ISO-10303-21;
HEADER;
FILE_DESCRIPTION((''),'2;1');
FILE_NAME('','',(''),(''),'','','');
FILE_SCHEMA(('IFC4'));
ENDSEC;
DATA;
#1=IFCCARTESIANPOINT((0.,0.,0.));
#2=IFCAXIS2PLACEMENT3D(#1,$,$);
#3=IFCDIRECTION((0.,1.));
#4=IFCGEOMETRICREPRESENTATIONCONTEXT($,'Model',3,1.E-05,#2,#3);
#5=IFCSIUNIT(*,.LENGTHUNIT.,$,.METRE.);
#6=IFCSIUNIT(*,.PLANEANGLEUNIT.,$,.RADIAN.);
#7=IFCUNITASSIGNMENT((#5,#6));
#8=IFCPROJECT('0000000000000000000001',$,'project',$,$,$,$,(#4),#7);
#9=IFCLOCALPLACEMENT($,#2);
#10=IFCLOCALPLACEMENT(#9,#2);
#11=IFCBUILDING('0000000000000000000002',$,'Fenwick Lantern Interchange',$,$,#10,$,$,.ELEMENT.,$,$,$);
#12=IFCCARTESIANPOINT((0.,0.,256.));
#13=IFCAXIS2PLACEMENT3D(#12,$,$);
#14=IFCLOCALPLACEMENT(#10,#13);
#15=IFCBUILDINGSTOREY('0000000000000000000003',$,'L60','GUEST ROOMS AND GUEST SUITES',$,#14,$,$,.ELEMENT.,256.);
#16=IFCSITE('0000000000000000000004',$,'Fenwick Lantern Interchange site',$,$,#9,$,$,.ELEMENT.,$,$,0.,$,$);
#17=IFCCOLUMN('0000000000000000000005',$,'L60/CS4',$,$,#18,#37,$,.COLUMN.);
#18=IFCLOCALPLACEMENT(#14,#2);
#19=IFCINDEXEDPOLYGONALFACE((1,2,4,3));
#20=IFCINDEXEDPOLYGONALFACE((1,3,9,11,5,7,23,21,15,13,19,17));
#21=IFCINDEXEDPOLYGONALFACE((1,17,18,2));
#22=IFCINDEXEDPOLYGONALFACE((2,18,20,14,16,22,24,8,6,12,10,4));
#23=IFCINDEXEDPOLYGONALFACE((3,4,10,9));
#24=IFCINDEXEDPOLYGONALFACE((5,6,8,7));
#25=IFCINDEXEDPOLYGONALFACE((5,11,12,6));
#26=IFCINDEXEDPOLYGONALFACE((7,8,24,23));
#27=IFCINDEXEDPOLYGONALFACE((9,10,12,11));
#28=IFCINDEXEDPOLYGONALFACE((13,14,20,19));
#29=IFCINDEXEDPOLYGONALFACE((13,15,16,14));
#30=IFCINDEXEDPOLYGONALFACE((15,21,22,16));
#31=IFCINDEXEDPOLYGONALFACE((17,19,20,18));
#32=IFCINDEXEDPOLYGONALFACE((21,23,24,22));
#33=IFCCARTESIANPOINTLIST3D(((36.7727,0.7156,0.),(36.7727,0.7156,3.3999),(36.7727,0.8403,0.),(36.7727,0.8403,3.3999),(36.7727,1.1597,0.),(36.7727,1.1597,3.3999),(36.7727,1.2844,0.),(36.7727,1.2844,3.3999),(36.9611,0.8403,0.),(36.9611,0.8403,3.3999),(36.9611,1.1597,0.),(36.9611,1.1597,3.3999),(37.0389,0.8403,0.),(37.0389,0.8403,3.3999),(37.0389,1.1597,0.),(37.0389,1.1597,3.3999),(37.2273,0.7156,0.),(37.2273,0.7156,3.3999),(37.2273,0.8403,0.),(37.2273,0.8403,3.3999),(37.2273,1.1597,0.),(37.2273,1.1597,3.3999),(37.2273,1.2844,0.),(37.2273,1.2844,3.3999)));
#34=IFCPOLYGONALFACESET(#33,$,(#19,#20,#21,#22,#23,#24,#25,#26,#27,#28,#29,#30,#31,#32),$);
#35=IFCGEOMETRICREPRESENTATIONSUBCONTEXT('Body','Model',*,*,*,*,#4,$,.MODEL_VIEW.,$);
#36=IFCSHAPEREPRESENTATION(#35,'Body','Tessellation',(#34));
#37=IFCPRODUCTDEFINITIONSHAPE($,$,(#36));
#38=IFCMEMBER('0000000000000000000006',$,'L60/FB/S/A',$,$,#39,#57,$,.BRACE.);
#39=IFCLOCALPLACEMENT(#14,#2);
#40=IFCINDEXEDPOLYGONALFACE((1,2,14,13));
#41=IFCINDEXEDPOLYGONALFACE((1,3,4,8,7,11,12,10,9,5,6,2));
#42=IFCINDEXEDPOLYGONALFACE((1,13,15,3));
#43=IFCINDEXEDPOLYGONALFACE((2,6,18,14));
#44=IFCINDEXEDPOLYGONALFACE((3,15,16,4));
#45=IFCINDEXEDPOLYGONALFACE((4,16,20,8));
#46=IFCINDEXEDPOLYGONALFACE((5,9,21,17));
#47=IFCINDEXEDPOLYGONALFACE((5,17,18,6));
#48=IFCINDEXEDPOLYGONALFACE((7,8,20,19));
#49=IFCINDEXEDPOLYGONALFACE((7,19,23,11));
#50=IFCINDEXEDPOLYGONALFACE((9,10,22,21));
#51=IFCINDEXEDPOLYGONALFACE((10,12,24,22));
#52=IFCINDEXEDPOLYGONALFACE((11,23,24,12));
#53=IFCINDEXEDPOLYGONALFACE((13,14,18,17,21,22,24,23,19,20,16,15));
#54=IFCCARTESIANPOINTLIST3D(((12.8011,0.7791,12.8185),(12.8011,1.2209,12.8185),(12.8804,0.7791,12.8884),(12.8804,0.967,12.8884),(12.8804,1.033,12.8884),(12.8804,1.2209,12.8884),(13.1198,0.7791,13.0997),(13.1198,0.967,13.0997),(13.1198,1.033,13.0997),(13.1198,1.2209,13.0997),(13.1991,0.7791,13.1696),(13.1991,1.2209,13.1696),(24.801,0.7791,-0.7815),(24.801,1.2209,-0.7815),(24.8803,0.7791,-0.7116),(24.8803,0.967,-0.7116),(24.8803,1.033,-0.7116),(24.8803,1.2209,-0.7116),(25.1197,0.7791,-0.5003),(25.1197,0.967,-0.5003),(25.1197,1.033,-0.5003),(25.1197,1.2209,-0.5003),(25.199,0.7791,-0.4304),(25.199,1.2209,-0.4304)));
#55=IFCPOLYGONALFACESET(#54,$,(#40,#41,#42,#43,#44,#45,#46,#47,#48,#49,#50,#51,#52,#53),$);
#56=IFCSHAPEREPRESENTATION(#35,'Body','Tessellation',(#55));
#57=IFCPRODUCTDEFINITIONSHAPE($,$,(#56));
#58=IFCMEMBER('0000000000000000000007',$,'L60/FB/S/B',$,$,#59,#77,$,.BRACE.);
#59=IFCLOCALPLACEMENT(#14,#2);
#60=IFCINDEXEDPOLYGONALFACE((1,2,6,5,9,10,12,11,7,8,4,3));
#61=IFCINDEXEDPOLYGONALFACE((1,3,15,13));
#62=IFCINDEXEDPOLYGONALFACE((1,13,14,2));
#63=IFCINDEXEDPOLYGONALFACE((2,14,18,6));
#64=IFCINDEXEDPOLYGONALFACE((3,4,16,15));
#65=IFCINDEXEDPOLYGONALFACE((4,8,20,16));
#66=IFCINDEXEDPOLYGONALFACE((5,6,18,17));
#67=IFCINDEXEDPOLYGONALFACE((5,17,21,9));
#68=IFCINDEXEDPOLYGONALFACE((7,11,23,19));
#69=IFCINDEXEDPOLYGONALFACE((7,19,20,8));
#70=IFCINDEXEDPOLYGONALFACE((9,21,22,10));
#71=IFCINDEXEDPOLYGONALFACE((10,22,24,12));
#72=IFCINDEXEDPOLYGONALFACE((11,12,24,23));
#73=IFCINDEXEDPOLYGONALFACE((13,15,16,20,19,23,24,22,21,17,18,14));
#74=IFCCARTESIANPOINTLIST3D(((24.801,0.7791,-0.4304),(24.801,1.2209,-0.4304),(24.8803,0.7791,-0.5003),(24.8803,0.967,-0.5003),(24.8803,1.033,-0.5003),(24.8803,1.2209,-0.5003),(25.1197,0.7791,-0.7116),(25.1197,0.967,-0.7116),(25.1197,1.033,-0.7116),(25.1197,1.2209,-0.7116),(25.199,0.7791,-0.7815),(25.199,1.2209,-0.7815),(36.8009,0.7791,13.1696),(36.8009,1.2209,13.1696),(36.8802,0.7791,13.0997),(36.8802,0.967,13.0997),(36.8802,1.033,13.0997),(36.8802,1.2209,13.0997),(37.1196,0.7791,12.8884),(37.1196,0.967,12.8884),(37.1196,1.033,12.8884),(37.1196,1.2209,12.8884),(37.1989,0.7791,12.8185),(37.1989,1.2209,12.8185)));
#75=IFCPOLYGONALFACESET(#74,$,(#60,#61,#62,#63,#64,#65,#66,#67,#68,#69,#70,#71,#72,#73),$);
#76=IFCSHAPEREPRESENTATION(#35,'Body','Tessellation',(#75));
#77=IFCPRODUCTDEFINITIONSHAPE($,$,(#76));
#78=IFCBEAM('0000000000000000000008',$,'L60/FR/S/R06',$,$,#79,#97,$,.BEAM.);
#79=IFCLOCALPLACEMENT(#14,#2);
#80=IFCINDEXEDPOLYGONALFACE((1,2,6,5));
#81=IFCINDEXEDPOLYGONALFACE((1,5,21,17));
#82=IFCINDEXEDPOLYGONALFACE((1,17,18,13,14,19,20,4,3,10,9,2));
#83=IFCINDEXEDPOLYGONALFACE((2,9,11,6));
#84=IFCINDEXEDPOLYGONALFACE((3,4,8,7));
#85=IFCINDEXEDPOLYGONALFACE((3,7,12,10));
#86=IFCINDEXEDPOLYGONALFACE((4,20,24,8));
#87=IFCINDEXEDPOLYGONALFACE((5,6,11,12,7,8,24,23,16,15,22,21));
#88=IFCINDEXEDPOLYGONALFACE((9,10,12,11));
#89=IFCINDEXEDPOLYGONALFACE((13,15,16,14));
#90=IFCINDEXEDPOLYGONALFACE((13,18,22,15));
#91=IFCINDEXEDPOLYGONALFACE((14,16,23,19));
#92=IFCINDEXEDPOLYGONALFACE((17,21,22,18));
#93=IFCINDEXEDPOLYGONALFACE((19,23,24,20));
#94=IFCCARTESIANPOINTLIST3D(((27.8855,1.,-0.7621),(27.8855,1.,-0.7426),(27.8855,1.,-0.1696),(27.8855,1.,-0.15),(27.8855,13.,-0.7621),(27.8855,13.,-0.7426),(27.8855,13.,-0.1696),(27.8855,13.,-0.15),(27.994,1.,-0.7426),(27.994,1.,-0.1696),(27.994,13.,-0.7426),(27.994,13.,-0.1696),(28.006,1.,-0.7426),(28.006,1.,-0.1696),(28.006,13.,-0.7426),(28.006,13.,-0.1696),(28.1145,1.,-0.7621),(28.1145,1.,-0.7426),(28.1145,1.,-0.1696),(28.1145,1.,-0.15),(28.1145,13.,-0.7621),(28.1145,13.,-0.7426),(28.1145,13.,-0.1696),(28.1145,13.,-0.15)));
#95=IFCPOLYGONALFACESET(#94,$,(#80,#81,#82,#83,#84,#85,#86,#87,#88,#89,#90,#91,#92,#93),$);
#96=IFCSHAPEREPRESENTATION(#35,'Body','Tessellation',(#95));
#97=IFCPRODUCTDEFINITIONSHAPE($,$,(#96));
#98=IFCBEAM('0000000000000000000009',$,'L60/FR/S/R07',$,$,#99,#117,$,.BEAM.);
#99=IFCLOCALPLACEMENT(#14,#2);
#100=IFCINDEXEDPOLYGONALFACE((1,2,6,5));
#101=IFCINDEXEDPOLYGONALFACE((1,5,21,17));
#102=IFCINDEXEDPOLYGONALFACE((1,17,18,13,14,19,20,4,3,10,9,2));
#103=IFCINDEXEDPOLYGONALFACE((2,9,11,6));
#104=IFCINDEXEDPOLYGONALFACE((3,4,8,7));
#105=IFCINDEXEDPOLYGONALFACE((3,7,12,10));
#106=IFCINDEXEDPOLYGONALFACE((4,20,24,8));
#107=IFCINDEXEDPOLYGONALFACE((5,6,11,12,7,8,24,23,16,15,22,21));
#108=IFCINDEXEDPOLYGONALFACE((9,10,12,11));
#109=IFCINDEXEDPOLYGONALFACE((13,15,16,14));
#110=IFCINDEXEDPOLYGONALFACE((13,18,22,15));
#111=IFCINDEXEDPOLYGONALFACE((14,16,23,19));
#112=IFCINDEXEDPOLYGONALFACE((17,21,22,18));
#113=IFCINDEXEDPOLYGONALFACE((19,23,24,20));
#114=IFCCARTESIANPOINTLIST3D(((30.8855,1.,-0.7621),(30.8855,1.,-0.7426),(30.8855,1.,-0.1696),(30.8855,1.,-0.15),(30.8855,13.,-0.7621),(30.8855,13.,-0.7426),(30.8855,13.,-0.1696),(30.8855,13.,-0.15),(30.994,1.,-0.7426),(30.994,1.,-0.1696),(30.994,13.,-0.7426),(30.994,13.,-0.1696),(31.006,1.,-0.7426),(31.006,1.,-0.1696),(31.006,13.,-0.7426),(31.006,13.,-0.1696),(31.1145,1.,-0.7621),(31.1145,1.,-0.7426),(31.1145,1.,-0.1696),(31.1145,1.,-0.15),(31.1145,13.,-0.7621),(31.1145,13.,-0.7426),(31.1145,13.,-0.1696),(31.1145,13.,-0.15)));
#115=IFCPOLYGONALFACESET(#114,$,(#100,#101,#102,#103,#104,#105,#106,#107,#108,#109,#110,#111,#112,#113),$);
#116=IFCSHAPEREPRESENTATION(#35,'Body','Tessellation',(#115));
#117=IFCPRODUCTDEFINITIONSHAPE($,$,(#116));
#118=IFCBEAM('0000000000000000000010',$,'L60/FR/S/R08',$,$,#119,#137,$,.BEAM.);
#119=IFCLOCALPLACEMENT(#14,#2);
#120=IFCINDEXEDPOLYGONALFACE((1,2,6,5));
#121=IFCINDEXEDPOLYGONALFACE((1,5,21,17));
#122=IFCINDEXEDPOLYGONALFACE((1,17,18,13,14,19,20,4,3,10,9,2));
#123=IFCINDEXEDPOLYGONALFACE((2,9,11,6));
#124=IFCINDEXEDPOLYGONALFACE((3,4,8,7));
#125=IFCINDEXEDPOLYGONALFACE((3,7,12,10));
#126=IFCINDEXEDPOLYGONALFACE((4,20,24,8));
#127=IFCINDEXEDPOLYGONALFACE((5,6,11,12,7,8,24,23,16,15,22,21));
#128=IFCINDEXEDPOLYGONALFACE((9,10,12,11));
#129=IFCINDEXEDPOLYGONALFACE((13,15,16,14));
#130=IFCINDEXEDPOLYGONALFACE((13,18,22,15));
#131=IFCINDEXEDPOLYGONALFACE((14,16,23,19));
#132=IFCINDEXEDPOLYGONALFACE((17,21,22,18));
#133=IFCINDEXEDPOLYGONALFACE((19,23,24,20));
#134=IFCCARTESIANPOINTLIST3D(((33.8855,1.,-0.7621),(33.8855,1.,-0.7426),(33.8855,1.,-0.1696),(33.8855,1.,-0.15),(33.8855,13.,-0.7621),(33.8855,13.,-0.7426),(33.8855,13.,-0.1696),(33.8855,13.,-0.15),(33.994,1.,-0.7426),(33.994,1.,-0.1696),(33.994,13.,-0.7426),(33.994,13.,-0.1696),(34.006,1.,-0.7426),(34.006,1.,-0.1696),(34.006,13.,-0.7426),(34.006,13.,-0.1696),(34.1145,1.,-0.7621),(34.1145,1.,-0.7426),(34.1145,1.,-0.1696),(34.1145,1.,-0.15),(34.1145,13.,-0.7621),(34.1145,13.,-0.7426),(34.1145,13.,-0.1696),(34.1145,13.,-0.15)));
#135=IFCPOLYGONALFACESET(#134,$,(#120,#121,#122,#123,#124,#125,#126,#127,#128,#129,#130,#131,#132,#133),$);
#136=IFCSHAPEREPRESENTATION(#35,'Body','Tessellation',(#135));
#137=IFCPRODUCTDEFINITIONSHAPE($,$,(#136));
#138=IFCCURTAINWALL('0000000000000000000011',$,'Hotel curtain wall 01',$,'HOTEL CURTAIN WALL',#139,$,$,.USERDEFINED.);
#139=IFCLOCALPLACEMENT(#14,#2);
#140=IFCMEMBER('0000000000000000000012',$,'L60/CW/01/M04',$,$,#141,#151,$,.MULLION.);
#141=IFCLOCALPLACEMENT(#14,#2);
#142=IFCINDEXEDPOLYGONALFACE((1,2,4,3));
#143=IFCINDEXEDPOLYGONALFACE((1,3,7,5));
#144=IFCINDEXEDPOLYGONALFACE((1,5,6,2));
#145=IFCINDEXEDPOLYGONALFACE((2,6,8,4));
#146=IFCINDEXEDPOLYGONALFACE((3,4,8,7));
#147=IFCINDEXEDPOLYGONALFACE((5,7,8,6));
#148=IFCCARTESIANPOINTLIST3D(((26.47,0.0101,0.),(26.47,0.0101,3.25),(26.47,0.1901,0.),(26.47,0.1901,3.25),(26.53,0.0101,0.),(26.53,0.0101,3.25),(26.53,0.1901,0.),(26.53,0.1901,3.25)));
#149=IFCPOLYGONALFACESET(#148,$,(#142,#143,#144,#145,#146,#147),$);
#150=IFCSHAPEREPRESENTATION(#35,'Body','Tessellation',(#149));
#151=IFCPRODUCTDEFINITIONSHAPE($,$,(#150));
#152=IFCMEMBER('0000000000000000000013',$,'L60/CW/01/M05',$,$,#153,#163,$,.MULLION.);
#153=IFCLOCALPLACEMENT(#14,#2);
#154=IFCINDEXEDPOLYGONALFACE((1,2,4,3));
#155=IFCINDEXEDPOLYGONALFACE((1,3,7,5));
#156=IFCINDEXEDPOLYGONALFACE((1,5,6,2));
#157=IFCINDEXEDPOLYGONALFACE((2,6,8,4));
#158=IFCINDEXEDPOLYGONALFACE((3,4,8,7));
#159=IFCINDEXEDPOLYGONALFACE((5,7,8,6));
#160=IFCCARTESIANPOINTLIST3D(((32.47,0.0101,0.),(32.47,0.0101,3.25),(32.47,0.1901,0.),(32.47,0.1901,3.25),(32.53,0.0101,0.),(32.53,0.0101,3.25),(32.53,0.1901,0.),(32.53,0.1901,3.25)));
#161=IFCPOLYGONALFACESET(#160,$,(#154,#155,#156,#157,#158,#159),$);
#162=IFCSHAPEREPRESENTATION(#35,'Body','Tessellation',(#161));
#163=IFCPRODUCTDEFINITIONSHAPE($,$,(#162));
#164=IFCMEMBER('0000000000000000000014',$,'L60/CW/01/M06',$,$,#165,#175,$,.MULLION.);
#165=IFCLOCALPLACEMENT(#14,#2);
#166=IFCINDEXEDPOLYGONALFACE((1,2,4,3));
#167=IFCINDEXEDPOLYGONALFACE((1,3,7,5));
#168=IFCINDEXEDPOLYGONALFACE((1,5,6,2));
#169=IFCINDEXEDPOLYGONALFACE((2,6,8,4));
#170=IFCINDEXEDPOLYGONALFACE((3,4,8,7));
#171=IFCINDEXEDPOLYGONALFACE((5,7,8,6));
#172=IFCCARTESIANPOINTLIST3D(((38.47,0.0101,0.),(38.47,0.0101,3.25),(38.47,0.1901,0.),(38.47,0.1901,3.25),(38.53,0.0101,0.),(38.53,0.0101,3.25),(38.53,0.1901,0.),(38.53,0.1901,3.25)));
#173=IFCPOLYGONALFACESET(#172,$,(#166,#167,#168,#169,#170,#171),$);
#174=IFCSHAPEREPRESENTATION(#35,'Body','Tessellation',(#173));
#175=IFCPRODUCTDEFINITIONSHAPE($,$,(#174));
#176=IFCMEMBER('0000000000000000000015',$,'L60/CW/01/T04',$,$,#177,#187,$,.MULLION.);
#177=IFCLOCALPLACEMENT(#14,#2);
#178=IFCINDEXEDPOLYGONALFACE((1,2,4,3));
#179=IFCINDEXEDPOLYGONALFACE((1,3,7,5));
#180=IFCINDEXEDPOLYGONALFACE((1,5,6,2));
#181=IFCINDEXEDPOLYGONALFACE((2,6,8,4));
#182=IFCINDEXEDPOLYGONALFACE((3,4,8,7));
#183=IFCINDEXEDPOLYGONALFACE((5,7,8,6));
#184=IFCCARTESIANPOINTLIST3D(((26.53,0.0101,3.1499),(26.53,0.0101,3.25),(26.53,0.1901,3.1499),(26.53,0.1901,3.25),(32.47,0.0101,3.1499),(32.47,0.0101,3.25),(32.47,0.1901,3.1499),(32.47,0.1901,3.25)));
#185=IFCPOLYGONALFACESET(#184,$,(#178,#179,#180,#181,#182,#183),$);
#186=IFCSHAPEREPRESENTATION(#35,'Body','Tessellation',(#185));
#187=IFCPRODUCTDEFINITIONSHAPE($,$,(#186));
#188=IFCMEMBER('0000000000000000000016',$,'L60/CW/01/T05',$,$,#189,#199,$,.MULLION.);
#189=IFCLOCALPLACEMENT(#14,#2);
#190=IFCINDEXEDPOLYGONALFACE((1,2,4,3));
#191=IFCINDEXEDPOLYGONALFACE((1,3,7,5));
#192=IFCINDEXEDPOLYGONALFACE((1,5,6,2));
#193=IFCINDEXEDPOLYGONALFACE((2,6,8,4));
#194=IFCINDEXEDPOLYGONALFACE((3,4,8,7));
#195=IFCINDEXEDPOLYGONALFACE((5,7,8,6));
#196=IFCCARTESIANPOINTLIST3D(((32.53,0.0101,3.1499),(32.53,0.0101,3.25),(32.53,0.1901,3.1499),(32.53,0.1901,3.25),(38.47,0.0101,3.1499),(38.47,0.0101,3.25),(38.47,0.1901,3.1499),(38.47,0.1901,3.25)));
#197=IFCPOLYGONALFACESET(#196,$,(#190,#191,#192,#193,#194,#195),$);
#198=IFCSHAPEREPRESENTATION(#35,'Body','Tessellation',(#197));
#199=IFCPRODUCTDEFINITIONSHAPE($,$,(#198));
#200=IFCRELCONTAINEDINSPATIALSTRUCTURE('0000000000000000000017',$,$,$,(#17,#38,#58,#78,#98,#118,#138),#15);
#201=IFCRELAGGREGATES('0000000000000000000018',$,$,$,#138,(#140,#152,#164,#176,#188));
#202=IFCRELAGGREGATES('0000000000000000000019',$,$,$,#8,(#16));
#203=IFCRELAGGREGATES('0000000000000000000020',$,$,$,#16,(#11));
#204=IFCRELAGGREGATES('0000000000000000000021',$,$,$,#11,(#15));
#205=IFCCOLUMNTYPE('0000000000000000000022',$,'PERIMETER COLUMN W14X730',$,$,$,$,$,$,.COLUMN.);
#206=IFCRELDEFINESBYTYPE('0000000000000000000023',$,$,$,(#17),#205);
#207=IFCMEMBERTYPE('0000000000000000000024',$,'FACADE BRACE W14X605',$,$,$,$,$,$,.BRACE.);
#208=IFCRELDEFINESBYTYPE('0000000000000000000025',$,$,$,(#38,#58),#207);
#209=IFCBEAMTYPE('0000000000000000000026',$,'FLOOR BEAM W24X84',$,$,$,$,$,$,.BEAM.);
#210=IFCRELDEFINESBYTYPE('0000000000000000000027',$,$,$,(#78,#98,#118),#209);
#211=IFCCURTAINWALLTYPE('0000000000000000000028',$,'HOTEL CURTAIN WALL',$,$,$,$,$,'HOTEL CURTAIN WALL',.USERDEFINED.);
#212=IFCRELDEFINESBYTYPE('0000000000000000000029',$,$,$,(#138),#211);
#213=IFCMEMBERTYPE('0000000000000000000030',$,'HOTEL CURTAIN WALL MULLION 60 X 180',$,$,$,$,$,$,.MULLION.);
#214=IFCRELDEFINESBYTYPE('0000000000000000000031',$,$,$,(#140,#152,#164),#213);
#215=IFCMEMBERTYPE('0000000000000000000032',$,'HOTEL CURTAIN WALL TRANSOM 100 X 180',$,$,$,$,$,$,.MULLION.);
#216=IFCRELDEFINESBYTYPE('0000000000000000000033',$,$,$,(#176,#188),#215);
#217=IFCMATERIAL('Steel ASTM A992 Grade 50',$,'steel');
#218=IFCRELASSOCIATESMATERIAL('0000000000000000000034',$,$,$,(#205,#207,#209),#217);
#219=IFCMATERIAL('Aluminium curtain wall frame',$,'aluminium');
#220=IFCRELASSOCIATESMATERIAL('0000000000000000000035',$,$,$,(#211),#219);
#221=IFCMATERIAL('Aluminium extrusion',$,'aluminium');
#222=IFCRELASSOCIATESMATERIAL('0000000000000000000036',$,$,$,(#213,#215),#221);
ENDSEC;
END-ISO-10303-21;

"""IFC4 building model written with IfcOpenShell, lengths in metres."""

from ifc_helpers import new_model, si_unit, direction, frame, origin, origin_2d, place, context, subcontext, project, spatial, rectangle, i_section, extrude, material, material_profile, profile_set, type_object, element, aggregate, save


model = new_model("IFC4")

# Units and contexts
model_context = context("Model", 3, precision=1e-05, world=origin(), true_north=direction((0.0, 1.0)))
body_context = subcontext(model_context, "Body", "Model", "MODEL_VIEW")
ifc_project = project(units=[si_unit("LENGTHUNIT", "METRE"), si_unit("PLANEANGLEUNIT", "RADIAN")], contexts=[model_context])

# Site, building, storey
site_placement = place(None, origin())
site = spatial("IfcSite", under=ifc_project, at=site_placement, Name="Fenwick Lantern Interchange site", CompositionType="ELEMENT", RefElevation=0.0)
building_placement = place(site_placement, origin())
building = spatial("IfcBuilding", under=site, at=building_placement, Name="Fenwick Lantern Interchange", CompositionType="ELEMENT")
storey_placement = place(building_placement, frame((0.0, 0.0, 256.0)))
storey = spatial("IfcBuildingStorey", under=building, at=storey_placement, Name="L60", Description="GUEST ROOMS AND GUEST SUITES", CompositionType="ELEMENT", Elevation=256.0)

# Column
ifc_material_1 = material(Name="Steel ASTM A992 Grade 50", Category="steel")
ifc_material_profile_1 = material_profile(ifc_material_1, i_section(OverallWidth=0.4546, OverallDepth=0.5688, WebThickness=0.0779, FlangeThickness=0.1248, at=origin_2d()), Name="W14X730")
ifc_profile_set_1 = profile_set([ifc_material_profile_1], Name="Steel ASTM A992 Grade 50")
column_type = type_object("IfcColumnType", Name="PERIMETER COLUMN W14X730", PredefinedType="COLUMN", material=ifc_profile_set_1)
column_placement = place(storey_placement, frame((37.0, 1.0, 0.0), z_axis=(0.0, 0.0, 1.0), x_axis=(1.0, 0.0, 0.0)))
element("IfcColumn", 1, at=column_placement, inside=storey, type_object=column_type, Name="L60/CS4", PredefinedType="COLUMN", context=body_context, shape_type="SweptSolid", body=[
    extrude(i_section(OverallWidth=0.4546, OverallDepth=0.5688, WebThickness=0.0779, FlangeThickness=0.1248, at=origin_2d()), origin(), (0.0, 0.0, 1.0), 3.3999),
])

# Members
ifc_material_profile_2 = material_profile(ifc_material_1, i_section(OverallWidth=0.4419, OverallDepth=0.5308, WebThickness=0.0659, FlangeThickness=0.1057, at=origin_2d()), Name="W14X605")
ifc_profile_set_2 = profile_set([ifc_material_profile_2], Name="Steel ASTM A992 Grade 50")
member_type_1 = type_object("IfcMemberType", Name="FACADE BRACE W14X605", PredefinedType="BRACE", material=ifc_profile_set_2)
for number, where, z_axis, x_axis, name in (
    (2, (25.0, 1.0, -0.606), (-0.661619, 0.0, 0.74984), (0.0, -1.0, 0.0), "L60/FB/S/A"),
    (3, (25.0, 1.0, -0.606), (0.661619, 0.0, 0.74984), (0.0, 1.0, 0.0), "L60/FB/S/B"),
):
    element("IfcMember", number, at=place(storey_placement, frame(where, z_axis=z_axis, x_axis=x_axis)), inside=storey, type_object=member_type_1, Name=name, PredefinedType="BRACE", context=body_context, shape_type="SweptSolid", body=[
        extrude(i_section(OverallWidth=0.4419, OverallDepth=0.5308, WebThickness=0.0659, FlangeThickness=0.1057, at=origin_2d()), origin(), (0.0, 0.0, 1.0), 18.1372),
    ])

# Beams
ifc_material_profile_3 = material_profile(ifc_material_1, i_section(OverallWidth=0.229, OverallDepth=0.6121, WebThickness=0.012, FlangeThickness=0.0195, at=origin_2d()), Name="W24X84")
ifc_profile_set_3 = profile_set([ifc_material_profile_3], Name="Steel ASTM A992 Grade 50")
beam_type_1 = type_object("IfcBeamType", Name="FLOOR BEAM W24X84", PredefinedType="BEAM", material=ifc_profile_set_3)
for number, where, z_axis, x_axis, name in (
    (4, (28.0, 1.0, -0.4561), (0.0, 1.0, 0.0), (-1.0, 0.0, 0.0), "L60/FR/S/R06"),
    (5, (31.0, 1.0, -0.4561), (0.0, 1.0, 0.0), (-1.0, 0.0, 0.0), "L60/FR/S/R07"),
    (6, (34.0, 1.0, -0.4561), (0.0, 1.0, 0.0), (-1.0, 0.0, 0.0), "L60/FR/S/R08"),
):
    element("IfcBeam", number, at=place(storey_placement, frame(where, z_axis=z_axis, x_axis=x_axis)), inside=storey, type_object=beam_type_1, Name=name, PredefinedType="BEAM", context=body_context, shape_type="SweptSolid", body=[
        extrude(i_section(OverallWidth=0.229, OverallDepth=0.6121, WebThickness=0.012, FlangeThickness=0.0195, at=origin_2d()), origin(), (0.0, 0.0, 1.0), 12.0),
    ])

# Curtain wall, members
ifc_material_2 = material(Name="Aluminium curtain wall frame", Category="aluminium")
curtain_wall_type = type_object("IfcCurtainWallType", Name="HOTEL CURTAIN WALL", ElementType="HOTEL CURTAIN WALL", PredefinedType="USERDEFINED", material=ifc_material_2)
curtain_wall_placement = place(storey_placement, origin())
curtain_wall = element("IfcCurtainWall", 7, at=curtain_wall_placement, inside=storey, type_object=curtain_wall_type, Name="Hotel curtain wall 01", ObjectType="HOTEL CURTAIN WALL", PredefinedType="USERDEFINED")
ifc_material_3 = material(Name="Aluminium extrusion", Category="aluminium")
ifc_material_profile_4 = material_profile(ifc_material_3, rectangle(XDim=0.1799, YDim=0.0601, at=origin_2d()), Name="HOTEL CURTAIN WALL MULLION 60 X 180")
ifc_profile_set_4 = profile_set([ifc_material_profile_4], Name="Aluminium extrusion")
member_type_2 = type_object("IfcMemberType", Name="HOTEL CURTAIN WALL MULLION 60 X 180", PredefinedType="MULLION", material=ifc_profile_set_4)
member_1_placement = place(storey_placement, frame((26.5, 0.1001, 0.0), z_axis=(0.0, 0.0, 1.0), x_axis=(0.0, 1.0, 0.0)))
member_1 = element("IfcMember", 8, at=member_1_placement, type_object=member_type_2, Name="L60/CW/01/M04", PredefinedType="MULLION", context=body_context, shape_type="SweptSolid", body=[
    extrude(rectangle(XDim=0.1799, YDim=0.0601, at=origin_2d()), origin(), (0.0, 0.0, 1.0), 3.25),
])
member_2_placement = place(storey_placement, frame((32.5, 0.1001, 0.0), z_axis=(0.0, 0.0, 1.0), x_axis=(0.0, 1.0, 0.0)))
member_2 = element("IfcMember", 9, at=member_2_placement, type_object=member_type_2, Name="L60/CW/01/M05", PredefinedType="MULLION", context=body_context, shape_type="SweptSolid", body=[
    extrude(rectangle(XDim=0.1799, YDim=0.0601, at=origin_2d()), origin(), (0.0, 0.0, 1.0), 3.25),
])
member_3_placement = place(storey_placement, frame((38.5, 0.1001, 0.0), z_axis=(0.0, 0.0, 1.0), x_axis=(0.0, 1.0, 0.0)))
member_3 = element("IfcMember", 10, at=member_3_placement, type_object=member_type_2, Name="L60/CW/01/M06", PredefinedType="MULLION", context=body_context, shape_type="SweptSolid", body=[
    extrude(rectangle(XDim=0.1799, YDim=0.0601, at=origin_2d()), origin(), (0.0, 0.0, 1.0), 3.25),
])
ifc_material_profile_5 = material_profile(ifc_material_3, rectangle(XDim=0.1799, YDim=0.1001, at=origin_2d()), Name="HOTEL CURTAIN WALL TRANSOM 100 X 180")
ifc_profile_set_5 = profile_set([ifc_material_profile_5], Name="Aluminium extrusion")
member_type_3 = type_object("IfcMemberType", Name="HOTEL CURTAIN WALL TRANSOM 100 X 180", PredefinedType="MULLION", material=ifc_profile_set_5)
member_4_placement = place(storey_placement, frame((26.53, 0.1001, 3.2), z_axis=(1.0, 0.0, 0.0), x_axis=(0.0, 1.0, 0.0)))
member_4 = element("IfcMember", 11, at=member_4_placement, type_object=member_type_3, Name="L60/CW/01/T04", PredefinedType="MULLION", context=body_context, shape_type="SweptSolid", body=[
    extrude(rectangle(XDim=0.1799, YDim=0.1001, at=origin_2d()), origin(), (0.0, 0.0, 1.0), 5.9399),
])
member_5_placement = place(storey_placement, frame((32.53, 0.1001, 3.2), z_axis=(1.0, 0.0, 0.0), x_axis=(0.0, 1.0, 0.0)))
member_5 = element("IfcMember", 12, at=member_5_placement, type_object=member_type_3, Name="L60/CW/01/T05", PredefinedType="MULLION", context=body_context, shape_type="SweptSolid", body=[
    extrude(rectangle(XDim=0.1799, YDim=0.1001, at=origin_2d()), origin(), (0.0, 0.0, 1.0), 5.9399),
])

aggregate(curtain_wall, [member_1, member_2, member_3, member_4, member_5])

save(model, "model.ifc")
